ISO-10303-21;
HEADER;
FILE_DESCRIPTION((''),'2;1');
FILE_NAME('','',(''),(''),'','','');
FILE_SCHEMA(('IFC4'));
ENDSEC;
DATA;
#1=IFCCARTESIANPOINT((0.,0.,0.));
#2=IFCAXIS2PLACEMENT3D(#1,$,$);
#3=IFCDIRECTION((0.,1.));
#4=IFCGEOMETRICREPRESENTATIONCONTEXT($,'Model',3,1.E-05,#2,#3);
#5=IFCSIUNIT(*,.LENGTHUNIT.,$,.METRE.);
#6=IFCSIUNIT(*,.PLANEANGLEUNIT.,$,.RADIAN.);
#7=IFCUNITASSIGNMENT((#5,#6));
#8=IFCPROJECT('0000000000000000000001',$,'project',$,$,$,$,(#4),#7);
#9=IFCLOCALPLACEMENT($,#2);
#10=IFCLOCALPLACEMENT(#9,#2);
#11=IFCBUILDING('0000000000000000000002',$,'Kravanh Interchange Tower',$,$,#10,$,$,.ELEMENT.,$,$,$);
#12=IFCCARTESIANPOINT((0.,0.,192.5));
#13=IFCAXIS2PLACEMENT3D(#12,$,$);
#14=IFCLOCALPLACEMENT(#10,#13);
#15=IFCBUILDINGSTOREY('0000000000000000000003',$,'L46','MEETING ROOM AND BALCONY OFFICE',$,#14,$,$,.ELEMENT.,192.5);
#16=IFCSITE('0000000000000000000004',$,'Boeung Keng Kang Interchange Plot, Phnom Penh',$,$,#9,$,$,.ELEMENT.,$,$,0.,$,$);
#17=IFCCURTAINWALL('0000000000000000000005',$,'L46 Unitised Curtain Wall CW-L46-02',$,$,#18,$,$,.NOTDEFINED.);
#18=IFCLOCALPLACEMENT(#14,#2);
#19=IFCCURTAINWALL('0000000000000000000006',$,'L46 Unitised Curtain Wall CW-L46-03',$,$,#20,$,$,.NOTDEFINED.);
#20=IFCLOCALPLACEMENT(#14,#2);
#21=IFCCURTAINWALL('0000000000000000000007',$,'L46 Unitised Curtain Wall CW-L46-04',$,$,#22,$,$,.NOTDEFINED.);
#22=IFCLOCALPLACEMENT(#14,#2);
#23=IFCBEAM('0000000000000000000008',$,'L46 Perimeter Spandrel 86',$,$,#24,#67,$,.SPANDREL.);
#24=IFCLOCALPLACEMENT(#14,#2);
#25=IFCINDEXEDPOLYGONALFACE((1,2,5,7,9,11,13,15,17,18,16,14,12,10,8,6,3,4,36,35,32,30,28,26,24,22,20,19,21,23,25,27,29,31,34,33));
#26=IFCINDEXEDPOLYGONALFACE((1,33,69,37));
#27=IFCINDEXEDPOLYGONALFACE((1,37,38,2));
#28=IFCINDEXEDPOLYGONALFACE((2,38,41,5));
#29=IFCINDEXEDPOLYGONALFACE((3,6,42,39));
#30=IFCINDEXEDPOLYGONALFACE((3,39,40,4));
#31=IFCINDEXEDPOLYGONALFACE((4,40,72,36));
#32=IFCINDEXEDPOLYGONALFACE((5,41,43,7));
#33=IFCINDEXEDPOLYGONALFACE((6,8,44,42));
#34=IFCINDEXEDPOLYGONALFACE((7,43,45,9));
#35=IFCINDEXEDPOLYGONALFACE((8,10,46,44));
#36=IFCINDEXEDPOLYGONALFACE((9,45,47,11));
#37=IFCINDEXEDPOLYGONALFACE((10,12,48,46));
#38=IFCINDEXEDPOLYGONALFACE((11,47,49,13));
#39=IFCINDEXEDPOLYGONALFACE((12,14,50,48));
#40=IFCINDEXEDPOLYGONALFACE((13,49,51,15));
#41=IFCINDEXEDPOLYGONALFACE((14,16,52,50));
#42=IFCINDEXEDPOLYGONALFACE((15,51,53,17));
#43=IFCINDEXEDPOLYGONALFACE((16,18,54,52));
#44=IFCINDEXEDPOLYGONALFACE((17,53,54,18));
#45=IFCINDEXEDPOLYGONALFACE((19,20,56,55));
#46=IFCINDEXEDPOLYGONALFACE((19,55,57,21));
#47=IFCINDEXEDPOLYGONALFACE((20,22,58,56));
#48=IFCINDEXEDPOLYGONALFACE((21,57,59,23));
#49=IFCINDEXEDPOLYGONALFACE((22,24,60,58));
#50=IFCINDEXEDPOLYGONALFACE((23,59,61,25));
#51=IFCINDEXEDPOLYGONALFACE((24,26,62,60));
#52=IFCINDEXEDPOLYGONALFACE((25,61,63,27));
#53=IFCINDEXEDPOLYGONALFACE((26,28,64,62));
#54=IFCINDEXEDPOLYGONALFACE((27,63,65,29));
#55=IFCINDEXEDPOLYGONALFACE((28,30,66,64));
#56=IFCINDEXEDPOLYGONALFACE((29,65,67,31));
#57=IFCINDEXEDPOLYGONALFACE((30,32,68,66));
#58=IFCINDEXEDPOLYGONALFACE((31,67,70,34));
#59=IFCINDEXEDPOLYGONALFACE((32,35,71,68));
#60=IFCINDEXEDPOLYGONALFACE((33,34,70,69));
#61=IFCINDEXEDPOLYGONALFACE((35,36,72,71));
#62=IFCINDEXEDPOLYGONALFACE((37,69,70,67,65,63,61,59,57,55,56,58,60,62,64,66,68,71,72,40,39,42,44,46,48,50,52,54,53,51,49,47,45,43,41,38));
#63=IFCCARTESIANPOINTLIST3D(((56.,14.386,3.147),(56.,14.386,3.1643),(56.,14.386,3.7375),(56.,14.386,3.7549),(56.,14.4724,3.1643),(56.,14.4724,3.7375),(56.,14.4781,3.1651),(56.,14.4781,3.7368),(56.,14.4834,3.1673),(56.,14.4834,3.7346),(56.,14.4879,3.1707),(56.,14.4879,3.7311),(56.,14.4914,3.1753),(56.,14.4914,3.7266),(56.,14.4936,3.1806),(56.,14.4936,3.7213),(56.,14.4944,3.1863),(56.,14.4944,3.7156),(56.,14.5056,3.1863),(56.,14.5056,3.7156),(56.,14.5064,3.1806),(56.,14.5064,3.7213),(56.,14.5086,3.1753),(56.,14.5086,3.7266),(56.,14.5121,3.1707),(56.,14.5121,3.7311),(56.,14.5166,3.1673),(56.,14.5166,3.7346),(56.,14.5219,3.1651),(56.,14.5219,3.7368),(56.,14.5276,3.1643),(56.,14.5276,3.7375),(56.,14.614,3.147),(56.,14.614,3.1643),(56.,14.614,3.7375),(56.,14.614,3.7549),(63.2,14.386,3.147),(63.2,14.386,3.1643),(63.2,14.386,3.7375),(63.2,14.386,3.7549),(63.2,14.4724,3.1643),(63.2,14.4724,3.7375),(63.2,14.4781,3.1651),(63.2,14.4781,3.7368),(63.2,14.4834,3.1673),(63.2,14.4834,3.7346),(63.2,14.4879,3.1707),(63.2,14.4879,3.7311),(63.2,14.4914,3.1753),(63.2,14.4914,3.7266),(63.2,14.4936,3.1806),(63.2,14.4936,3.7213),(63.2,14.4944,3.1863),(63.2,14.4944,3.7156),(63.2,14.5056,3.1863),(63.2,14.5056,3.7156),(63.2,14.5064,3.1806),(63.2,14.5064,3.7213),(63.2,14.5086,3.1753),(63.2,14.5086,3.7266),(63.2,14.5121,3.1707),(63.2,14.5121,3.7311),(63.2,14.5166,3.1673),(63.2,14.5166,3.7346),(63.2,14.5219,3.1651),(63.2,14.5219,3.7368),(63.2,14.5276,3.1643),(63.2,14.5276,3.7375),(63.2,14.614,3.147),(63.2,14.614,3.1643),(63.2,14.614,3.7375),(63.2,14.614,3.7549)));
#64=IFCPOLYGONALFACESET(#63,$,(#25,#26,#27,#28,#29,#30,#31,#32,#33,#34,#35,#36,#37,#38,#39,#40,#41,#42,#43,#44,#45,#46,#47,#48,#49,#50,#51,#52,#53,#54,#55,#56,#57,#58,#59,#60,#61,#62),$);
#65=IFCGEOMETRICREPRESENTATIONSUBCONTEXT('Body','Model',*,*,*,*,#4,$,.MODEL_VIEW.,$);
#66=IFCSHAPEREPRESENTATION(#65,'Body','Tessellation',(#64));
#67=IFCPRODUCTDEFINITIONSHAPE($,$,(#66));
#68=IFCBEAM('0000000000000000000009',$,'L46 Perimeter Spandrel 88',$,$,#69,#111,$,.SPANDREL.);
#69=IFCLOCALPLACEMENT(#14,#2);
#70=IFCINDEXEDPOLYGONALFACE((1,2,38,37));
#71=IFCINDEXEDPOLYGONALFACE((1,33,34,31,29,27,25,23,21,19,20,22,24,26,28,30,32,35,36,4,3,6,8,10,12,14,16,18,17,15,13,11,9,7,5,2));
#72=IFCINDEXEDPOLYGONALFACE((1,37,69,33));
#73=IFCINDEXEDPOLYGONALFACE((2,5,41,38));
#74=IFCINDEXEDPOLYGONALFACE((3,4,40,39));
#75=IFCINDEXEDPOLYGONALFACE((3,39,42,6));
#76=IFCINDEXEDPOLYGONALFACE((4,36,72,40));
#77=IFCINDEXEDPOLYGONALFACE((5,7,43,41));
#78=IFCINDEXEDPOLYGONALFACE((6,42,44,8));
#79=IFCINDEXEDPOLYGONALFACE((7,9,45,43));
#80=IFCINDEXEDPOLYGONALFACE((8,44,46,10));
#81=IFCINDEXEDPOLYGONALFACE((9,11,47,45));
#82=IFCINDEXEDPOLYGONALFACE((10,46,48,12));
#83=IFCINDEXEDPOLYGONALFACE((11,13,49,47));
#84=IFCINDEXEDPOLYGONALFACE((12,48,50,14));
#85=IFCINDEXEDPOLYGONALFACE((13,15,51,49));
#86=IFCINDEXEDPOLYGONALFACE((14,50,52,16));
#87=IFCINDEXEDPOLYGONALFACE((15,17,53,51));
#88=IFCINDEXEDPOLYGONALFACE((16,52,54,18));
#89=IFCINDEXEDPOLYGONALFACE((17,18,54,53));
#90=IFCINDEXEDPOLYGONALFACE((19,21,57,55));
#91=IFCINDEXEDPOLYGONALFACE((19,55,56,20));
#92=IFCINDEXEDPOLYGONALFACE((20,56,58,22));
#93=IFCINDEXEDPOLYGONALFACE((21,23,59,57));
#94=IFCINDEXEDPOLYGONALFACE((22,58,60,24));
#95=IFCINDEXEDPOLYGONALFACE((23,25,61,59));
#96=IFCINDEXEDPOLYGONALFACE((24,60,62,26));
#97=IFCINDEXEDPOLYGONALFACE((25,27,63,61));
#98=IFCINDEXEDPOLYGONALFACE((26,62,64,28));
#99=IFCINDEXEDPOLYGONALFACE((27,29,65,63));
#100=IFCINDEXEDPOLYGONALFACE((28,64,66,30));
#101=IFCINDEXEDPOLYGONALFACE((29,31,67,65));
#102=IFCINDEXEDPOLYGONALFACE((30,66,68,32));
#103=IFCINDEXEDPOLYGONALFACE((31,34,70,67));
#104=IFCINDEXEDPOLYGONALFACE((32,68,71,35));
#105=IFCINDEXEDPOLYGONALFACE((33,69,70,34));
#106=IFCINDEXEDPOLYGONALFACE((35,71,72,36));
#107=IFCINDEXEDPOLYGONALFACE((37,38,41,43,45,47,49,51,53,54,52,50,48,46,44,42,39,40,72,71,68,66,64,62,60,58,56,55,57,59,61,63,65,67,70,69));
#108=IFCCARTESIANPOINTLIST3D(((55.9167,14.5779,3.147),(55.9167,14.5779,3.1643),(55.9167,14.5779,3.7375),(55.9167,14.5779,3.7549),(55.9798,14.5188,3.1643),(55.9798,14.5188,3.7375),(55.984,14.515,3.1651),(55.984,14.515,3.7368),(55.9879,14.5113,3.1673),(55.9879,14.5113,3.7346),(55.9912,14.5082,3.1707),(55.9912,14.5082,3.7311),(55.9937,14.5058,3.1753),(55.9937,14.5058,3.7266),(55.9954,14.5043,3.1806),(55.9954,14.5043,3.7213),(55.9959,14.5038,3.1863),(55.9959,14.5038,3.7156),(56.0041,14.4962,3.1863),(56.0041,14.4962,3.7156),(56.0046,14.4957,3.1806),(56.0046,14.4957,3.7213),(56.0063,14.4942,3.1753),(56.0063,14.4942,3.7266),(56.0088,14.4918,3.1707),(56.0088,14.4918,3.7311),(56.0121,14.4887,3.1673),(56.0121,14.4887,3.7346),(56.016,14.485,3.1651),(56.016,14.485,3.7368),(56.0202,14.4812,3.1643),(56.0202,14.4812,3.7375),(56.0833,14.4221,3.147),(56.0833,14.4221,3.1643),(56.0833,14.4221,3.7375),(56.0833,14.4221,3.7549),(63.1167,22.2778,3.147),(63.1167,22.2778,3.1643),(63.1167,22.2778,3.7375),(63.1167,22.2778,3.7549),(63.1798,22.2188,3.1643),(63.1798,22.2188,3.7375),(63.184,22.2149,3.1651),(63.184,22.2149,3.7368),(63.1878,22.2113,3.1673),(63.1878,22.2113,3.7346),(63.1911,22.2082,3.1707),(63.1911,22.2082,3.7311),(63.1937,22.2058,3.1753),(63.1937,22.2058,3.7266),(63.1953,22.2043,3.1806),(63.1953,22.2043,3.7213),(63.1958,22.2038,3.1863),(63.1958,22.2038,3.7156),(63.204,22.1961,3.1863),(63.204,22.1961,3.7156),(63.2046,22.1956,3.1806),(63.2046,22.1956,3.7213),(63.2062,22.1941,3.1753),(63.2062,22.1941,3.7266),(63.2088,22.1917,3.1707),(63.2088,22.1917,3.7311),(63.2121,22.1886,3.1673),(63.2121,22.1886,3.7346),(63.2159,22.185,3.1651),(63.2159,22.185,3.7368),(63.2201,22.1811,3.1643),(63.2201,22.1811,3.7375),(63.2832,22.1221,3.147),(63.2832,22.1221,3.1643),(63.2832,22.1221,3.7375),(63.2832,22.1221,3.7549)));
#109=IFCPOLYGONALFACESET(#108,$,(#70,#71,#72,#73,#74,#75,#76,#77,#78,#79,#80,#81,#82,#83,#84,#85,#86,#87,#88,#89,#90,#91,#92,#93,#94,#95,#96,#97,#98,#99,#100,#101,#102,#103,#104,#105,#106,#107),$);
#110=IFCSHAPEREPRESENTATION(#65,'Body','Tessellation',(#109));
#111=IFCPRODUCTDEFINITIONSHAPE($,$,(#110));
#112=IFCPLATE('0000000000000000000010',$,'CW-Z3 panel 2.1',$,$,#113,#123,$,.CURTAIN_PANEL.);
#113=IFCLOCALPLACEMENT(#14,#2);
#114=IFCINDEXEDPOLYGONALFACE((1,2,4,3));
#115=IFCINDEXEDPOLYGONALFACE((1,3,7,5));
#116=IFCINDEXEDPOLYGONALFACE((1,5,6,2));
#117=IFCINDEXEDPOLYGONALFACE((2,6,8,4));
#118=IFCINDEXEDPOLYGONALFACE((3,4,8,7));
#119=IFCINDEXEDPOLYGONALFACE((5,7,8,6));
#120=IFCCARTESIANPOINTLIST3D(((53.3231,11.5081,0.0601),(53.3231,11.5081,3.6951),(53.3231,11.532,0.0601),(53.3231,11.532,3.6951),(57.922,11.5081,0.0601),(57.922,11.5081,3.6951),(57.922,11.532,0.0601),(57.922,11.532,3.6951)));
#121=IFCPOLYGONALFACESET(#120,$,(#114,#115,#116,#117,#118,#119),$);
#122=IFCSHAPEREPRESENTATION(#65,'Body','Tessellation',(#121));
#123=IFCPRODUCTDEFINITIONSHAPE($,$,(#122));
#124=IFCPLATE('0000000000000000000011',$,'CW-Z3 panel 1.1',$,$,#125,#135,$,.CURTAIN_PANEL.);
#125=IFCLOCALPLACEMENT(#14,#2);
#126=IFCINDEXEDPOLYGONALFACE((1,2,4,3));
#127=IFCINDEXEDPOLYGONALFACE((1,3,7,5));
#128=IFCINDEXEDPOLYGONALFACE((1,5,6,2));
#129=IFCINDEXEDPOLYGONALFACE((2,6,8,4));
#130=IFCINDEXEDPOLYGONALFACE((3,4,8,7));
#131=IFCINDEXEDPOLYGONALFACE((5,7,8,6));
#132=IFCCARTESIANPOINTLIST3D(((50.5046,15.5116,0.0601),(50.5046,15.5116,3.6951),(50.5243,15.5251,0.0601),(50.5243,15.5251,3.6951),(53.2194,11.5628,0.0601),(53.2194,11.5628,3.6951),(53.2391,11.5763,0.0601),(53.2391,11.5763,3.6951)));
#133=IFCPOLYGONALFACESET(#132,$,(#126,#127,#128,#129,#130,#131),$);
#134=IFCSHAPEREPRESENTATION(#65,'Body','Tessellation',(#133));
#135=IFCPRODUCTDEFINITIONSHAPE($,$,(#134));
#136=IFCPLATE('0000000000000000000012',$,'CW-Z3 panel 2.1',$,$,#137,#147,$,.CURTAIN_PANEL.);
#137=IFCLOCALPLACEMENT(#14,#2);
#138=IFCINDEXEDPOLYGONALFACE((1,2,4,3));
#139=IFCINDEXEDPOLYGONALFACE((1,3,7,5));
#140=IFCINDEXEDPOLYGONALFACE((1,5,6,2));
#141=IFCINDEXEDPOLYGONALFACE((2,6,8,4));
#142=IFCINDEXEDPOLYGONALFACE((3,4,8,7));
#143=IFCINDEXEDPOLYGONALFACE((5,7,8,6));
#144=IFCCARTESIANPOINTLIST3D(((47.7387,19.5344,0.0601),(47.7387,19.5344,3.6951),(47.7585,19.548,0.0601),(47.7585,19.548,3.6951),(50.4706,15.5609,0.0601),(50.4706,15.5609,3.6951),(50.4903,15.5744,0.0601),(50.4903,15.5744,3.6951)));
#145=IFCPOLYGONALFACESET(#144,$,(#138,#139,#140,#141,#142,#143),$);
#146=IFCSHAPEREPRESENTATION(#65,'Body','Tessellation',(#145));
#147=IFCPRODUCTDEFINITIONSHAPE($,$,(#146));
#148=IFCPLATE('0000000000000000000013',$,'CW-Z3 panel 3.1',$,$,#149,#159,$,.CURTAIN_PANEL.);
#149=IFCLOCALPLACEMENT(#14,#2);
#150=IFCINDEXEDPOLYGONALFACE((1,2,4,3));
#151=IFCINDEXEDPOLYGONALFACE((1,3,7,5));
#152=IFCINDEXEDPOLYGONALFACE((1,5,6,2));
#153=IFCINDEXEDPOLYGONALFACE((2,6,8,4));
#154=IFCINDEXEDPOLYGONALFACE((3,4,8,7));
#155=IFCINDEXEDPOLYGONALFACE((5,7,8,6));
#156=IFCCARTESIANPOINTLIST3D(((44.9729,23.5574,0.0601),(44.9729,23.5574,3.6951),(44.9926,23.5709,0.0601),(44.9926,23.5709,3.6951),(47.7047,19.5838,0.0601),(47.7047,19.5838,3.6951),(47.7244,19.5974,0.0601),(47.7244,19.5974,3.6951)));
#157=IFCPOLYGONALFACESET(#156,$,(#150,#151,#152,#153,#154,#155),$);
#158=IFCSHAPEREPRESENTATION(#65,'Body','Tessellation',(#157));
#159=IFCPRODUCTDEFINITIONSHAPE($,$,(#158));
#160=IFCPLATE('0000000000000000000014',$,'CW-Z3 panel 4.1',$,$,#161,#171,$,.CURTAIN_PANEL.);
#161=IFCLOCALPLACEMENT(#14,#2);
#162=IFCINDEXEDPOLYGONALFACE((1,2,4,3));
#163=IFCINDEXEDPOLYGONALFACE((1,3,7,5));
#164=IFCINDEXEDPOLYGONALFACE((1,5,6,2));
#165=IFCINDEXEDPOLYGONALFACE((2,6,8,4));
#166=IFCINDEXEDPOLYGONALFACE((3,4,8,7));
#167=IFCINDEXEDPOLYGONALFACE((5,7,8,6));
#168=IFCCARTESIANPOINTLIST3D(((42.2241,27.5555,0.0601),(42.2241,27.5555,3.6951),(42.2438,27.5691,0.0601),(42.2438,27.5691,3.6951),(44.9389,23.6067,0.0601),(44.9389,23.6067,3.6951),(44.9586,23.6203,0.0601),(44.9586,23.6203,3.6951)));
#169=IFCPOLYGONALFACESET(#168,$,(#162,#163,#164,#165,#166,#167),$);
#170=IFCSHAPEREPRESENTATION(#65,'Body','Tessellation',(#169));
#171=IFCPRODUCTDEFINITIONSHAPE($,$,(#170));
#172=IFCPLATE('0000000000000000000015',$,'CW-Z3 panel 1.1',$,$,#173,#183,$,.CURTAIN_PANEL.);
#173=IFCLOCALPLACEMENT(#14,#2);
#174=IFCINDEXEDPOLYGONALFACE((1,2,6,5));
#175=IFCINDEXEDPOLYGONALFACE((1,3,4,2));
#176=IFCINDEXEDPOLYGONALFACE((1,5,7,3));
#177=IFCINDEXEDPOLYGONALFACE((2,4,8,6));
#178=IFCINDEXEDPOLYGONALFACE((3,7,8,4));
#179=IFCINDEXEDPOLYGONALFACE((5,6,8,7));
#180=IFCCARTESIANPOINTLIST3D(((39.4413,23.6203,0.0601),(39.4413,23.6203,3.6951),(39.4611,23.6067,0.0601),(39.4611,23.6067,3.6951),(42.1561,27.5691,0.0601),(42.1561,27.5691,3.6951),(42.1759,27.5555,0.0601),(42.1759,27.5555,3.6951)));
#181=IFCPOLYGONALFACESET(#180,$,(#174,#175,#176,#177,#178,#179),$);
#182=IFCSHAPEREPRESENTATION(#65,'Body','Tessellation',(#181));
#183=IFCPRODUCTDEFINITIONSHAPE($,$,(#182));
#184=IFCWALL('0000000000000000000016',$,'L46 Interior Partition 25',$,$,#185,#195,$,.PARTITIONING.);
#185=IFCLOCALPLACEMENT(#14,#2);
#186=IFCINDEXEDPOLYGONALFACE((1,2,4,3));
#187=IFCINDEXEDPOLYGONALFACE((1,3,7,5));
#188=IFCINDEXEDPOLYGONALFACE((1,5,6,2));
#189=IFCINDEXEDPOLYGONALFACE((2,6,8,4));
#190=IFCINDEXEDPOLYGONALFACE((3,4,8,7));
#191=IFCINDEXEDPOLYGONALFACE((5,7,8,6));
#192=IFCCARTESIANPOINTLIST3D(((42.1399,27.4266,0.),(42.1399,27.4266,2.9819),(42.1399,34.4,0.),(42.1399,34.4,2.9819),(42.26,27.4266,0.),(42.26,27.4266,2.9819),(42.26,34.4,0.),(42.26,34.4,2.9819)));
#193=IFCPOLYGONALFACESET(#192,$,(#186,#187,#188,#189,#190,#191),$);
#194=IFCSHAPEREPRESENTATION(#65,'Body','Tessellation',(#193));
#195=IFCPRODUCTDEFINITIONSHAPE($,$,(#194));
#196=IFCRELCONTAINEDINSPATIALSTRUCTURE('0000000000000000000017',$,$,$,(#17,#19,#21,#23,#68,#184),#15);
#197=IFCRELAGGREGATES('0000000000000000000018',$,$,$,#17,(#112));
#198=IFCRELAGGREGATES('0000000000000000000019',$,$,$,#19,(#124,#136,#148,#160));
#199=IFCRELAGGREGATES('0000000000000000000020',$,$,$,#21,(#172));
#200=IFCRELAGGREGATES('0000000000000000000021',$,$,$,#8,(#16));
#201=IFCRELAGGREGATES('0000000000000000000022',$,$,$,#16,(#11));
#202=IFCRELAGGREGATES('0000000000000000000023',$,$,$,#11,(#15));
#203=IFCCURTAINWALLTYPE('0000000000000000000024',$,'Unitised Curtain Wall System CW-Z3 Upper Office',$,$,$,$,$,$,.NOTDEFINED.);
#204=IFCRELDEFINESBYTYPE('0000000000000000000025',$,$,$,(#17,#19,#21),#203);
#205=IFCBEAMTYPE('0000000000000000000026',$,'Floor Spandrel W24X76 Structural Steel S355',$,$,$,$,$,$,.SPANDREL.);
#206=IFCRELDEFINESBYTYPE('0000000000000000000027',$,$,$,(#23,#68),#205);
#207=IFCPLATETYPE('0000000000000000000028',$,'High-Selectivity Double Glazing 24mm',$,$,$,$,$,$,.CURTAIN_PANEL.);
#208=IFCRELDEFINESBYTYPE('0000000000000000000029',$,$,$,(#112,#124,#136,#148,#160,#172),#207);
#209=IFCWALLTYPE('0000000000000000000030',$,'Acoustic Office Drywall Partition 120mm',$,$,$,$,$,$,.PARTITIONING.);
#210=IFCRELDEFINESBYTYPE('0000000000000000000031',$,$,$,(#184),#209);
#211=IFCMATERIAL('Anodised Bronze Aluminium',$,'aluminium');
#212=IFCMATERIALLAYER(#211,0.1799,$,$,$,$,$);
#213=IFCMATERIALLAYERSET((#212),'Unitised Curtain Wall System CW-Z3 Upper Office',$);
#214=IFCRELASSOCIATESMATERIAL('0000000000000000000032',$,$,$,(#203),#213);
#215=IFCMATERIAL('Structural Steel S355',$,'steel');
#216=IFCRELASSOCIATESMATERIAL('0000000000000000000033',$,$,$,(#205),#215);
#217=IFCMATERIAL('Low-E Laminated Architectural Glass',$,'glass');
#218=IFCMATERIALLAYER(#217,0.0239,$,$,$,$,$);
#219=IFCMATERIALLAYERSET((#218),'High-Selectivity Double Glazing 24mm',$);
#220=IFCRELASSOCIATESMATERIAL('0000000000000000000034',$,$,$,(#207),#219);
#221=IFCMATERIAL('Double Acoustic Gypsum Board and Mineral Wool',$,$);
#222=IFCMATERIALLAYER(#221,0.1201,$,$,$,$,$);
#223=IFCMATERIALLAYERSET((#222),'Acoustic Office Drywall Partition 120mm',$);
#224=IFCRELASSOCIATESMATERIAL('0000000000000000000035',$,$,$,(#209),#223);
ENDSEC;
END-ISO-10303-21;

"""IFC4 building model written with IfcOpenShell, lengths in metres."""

from ifc_helpers import new_model, si_unit, direction, frame, frame_2d, origin, origin_2d, place, context, subcontext, project, spatial, rectangle, i_section, extrude, material, layer, layer_set, material_profile, profile_set, type_object, element, aggregate, save


model = new_model("IFC4")

# Units and contexts
model_context = context("Model", 3, precision=1e-05, world=origin(), true_north=direction((0.0, 1.0)))
body_context = subcontext(model_context, "Body", "Model", "MODEL_VIEW")
ifc_project = project(units=[si_unit("LENGTHUNIT", "METRE"), si_unit("PLANEANGLEUNIT", "RADIAN")], contexts=[model_context])

# Site, building, storey
site_placement = place(None, origin())
site = spatial("IfcSite", under=ifc_project, at=site_placement, Name="Boeung Keng Kang Interchange Plot, Phnom Penh", CompositionType="ELEMENT", RefElevation=0.0)
building_placement = place(site_placement, origin())
building = spatial("IfcBuilding", under=site, at=building_placement, Name="Kravanh Interchange Tower", CompositionType="ELEMENT")
storey_placement = place(building_placement, frame((0.0, 0.0, 192.5)))
storey = spatial("IfcBuildingStorey", under=building, at=storey_placement, Name="L46", Description="MEETING ROOM AND BALCONY OFFICE", CompositionType="ELEMENT", Elevation=192.5)

# Curtain wall
ifc_material_1 = material(Name="Anodised Bronze Aluminium", Category="aluminium")
ifc_layer_1 = layer(ifc_material_1, 0.1799)
ifc_layer_set_1 = layer_set([ifc_layer_1], Name="Unitised Curtain Wall System CW-Z3 Upper Office")
curtain_wall_type = type_object("IfcCurtainWallType", Name="Unitised Curtain Wall System CW-Z3 Upper Office", PredefinedType="NOTDEFINED", material=ifc_layer_set_1)
curtain_wall_1_placement = place(storey_placement, origin())
curtain_wall_1 = element("IfcCurtainWall", 1, at=curtain_wall_1_placement, inside=storey, type_object=curtain_wall_type, Name="L46 Unitised Curtain Wall CW-L46-02", PredefinedType="NOTDEFINED")

# Curtain walls
curtain_wall_2_placement = place(storey_placement, origin())
curtain_wall_2 = element("IfcCurtainWall", 2, at=curtain_wall_2_placement, inside=storey, type_object=curtain_wall_type, Name="L46 Unitised Curtain Wall CW-L46-03", PredefinedType="NOTDEFINED")
curtain_wall_3_placement = place(storey_placement, origin())
curtain_wall_3 = element("IfcCurtainWall", 3, at=curtain_wall_3_placement, inside=storey, type_object=curtain_wall_type, Name="L46 Unitised Curtain Wall CW-L46-04", PredefinedType="NOTDEFINED")

# Beams
ifc_material_2 = material(Name="Structural Steel S355", Category="steel")
ifc_material_profile_1 = material_profile(ifc_material_2, i_section(OverallWidth=0.228, OverallDepth=0.6079, WebThickness=0.0112, FlangeThickness=0.0173, FilletRadius=0.022, at=origin_2d()), Name="W24X76")
ifc_profile_set_1 = profile_set([ifc_material_profile_1], Name="Structural Steel S355")
beam_type_1 = type_object("IfcBeamType", Name="Floor Spandrel W24X76 Structural Steel S355", PredefinedType="SPANDREL", material=ifc_profile_set_1)
beam_1_placement = place(storey_placement, frame((56.0, 14.5, 3.4509), z_axis=(1.0, 0.0, 0.0), x_axis=(0.0, 1.0, 0.0)))
element("IfcBeam", 4, at=beam_1_placement, inside=storey, type_object=beam_type_1, Name="L46 Perimeter Spandrel 86", PredefinedType="SPANDREL", context=body_context, shape_type="SweptSolid", body=[
    extrude(i_section(OverallWidth=0.228, OverallDepth=0.6079, WebThickness=0.0112, FlangeThickness=0.0173, FilletRadius=0.022, at=origin_2d()), origin(), (0.0, 0.0, 1.0), 7.2),
])
beam_2_placement = place(storey_placement, frame((56.0, 14.5, 3.4509), z_axis=(0.682994, 0.730424, 0.0), x_axis=(-0.730424, 0.682994, 0.0)))
element("IfcBeam", 5, at=beam_2_placement, inside=storey, type_object=beam_type_1, Name="L46 Perimeter Spandrel 88", PredefinedType="SPANDREL", context=body_context, shape_type="SweptSolid", body=[
    extrude(i_section(OverallWidth=0.228, OverallDepth=0.6079, WebThickness=0.0112, FlangeThickness=0.0173, FilletRadius=0.022, at=origin_2d()), origin(), (0.0, 0.0, 1.0), 10.5417),
])

# Plates
ifc_material_3 = material(Name="Low-E Laminated Architectural Glass", Category="glass")
ifc_layer_2 = layer(ifc_material_3, 0.0239)
ifc_layer_set_2 = layer_set([ifc_layer_2], Name="High-Selectivity Double Glazing 24mm")
plate_type = type_object("IfcPlateType", Name="High-Selectivity Double Glazing 24mm", PredefinedType="CURTAIN_PANEL", material=ifc_layer_set_2)
plate_1_placement = place(storey_placement, frame((55.6226, 11.52, 0.0601), z_axis=(0.0, 0.0, 1.0), x_axis=(-1.0, 0.0, 0.0)))
plate_1 = element("IfcPlate", 6, at=plate_1_placement, type_object=plate_type, Name="CW-Z3 panel 2.1", PredefinedType="CURTAIN_PANEL", context=body_context, shape_type="SweptSolid", body=[
    extrude(rectangle(XDim=4.5989, YDim=0.0239, at=origin_2d()), origin(), (0.0, 0.0, 1.0), 3.635),
])
aggregate(curtain_wall_1, [plate_1])
plate_2_placement = place(storey_placement, frame((51.8718, 13.5439, 0.0601), z_axis=(0.0, 0.0, 1.0), x_axis=(-0.566528, 0.824042, 0.0)))
plate_2 = element("IfcPlate", 7, at=plate_2_placement, type_object=plate_type, Name="CW-Z3 panel 1.1", PredefinedType="CURTAIN_PANEL", context=body_context, shape_type="SweptSolid", body=[
    extrude(rectangle(XDim=4.792, YDim=0.0239, at=origin_2d()), origin(), (0.0, 0.0, 1.0), 3.635),
])
plate_3_placement = place(storey_placement, frame((49.1145, 17.5544, 0.0601), z_axis=(0.0, 0.0, 1.0), x_axis=(-0.566528, 0.824042, 0.0)))
plate_3 = element("IfcPlate", 8, at=plate_3_placement, type_object=plate_type, Name="CW-Z3 panel 2.1", PredefinedType="CURTAIN_PANEL", context=body_context, shape_type="SweptSolid", body=[
    extrude(rectangle(XDim=4.822, YDim=0.0239, at=origin_2d()), origin(), (0.0, 0.0, 1.0), 3.635),
])
plate_4_placement = place(storey_placement, frame((46.3486, 21.5774, 0.0601), z_axis=(0.0, 0.0, 1.0), x_axis=(-0.566528, 0.824042, 0.0)))
plate_4 = element("IfcPlate", 9, at=plate_4_placement, type_object=plate_type, Name="CW-Z3 panel 3.1", PredefinedType="CURTAIN_PANEL", context=body_context, shape_type="SweptSolid", body=[
    extrude(rectangle(XDim=4.822, YDim=0.0239, at=origin_2d()), origin(), (0.0, 0.0, 1.0), 3.635),
])
plate_5_placement = place(storey_placement, frame((43.5913, 25.5879, 0.0601), z_axis=(0.0, 0.0, 1.0), x_axis=(-0.566528, 0.824042, 0.0)))
plate_5 = element("IfcPlate", 10, at=plate_5_placement, type_object=plate_type, Name="CW-Z3 panel 4.1", PredefinedType="CURTAIN_PANEL", context=body_context, shape_type="SweptSolid", body=[
    extrude(rectangle(XDim=4.792, YDim=0.0239, at=origin_2d()), origin(), (0.0, 0.0, 1.0), 3.635),
])
aggregate(curtain_wall_2, [plate_2, plate_3, plate_4, plate_5])
plate_6_placement = place(storey_placement, frame((40.8086, 25.5879, 0.0601), z_axis=(0.0, 0.0, 1.0), x_axis=(-0.566528, -0.824042, 0.0)))
plate_6 = element("IfcPlate", 11, at=plate_6_placement, type_object=plate_type, Name="CW-Z3 panel 1.1", PredefinedType="CURTAIN_PANEL", context=body_context, shape_type="SweptSolid", body=[
    extrude(rectangle(XDim=4.792, YDim=0.0239, at=origin_2d()), origin(), (0.0, 0.0, 1.0), 3.635),
])
aggregate(curtain_wall_3, [plate_6])

# Wall
ifc_material_4 = material(Name="Double Acoustic Gypsum Board and Mineral Wool")
ifc_layer_3 = layer(ifc_material_4, 0.1201)
ifc_layer_set_3 = layer_set([ifc_layer_3], Name="Acoustic Office Drywall Partition 120mm")
wall_type = type_object("IfcWallType", Name="Acoustic Office Drywall Partition 120mm", PredefinedType="PARTITIONING", material=ifc_layer_set_3)
wall_1_placement = place(storey_placement, frame((42.2, 27.4265, 0.0), z_axis=(0.0, 0.0, 1.0), x_axis=(0.0, 1.0, 0.0)))
element("IfcWall", 12, at=wall_1_placement, inside=storey, type_object=wall_type, Name="L46 Interior Partition 25", PredefinedType="PARTITIONING", context=body_context, shape_type="SweptSolid", body=[
    extrude(rectangle(XDim=6.9734, YDim=0.1201, at=frame_2d((3.4868, 0.0))), origin(), (0.0, 0.0, 1.0), 2.9819),
])

save(model, "model.ifc")
